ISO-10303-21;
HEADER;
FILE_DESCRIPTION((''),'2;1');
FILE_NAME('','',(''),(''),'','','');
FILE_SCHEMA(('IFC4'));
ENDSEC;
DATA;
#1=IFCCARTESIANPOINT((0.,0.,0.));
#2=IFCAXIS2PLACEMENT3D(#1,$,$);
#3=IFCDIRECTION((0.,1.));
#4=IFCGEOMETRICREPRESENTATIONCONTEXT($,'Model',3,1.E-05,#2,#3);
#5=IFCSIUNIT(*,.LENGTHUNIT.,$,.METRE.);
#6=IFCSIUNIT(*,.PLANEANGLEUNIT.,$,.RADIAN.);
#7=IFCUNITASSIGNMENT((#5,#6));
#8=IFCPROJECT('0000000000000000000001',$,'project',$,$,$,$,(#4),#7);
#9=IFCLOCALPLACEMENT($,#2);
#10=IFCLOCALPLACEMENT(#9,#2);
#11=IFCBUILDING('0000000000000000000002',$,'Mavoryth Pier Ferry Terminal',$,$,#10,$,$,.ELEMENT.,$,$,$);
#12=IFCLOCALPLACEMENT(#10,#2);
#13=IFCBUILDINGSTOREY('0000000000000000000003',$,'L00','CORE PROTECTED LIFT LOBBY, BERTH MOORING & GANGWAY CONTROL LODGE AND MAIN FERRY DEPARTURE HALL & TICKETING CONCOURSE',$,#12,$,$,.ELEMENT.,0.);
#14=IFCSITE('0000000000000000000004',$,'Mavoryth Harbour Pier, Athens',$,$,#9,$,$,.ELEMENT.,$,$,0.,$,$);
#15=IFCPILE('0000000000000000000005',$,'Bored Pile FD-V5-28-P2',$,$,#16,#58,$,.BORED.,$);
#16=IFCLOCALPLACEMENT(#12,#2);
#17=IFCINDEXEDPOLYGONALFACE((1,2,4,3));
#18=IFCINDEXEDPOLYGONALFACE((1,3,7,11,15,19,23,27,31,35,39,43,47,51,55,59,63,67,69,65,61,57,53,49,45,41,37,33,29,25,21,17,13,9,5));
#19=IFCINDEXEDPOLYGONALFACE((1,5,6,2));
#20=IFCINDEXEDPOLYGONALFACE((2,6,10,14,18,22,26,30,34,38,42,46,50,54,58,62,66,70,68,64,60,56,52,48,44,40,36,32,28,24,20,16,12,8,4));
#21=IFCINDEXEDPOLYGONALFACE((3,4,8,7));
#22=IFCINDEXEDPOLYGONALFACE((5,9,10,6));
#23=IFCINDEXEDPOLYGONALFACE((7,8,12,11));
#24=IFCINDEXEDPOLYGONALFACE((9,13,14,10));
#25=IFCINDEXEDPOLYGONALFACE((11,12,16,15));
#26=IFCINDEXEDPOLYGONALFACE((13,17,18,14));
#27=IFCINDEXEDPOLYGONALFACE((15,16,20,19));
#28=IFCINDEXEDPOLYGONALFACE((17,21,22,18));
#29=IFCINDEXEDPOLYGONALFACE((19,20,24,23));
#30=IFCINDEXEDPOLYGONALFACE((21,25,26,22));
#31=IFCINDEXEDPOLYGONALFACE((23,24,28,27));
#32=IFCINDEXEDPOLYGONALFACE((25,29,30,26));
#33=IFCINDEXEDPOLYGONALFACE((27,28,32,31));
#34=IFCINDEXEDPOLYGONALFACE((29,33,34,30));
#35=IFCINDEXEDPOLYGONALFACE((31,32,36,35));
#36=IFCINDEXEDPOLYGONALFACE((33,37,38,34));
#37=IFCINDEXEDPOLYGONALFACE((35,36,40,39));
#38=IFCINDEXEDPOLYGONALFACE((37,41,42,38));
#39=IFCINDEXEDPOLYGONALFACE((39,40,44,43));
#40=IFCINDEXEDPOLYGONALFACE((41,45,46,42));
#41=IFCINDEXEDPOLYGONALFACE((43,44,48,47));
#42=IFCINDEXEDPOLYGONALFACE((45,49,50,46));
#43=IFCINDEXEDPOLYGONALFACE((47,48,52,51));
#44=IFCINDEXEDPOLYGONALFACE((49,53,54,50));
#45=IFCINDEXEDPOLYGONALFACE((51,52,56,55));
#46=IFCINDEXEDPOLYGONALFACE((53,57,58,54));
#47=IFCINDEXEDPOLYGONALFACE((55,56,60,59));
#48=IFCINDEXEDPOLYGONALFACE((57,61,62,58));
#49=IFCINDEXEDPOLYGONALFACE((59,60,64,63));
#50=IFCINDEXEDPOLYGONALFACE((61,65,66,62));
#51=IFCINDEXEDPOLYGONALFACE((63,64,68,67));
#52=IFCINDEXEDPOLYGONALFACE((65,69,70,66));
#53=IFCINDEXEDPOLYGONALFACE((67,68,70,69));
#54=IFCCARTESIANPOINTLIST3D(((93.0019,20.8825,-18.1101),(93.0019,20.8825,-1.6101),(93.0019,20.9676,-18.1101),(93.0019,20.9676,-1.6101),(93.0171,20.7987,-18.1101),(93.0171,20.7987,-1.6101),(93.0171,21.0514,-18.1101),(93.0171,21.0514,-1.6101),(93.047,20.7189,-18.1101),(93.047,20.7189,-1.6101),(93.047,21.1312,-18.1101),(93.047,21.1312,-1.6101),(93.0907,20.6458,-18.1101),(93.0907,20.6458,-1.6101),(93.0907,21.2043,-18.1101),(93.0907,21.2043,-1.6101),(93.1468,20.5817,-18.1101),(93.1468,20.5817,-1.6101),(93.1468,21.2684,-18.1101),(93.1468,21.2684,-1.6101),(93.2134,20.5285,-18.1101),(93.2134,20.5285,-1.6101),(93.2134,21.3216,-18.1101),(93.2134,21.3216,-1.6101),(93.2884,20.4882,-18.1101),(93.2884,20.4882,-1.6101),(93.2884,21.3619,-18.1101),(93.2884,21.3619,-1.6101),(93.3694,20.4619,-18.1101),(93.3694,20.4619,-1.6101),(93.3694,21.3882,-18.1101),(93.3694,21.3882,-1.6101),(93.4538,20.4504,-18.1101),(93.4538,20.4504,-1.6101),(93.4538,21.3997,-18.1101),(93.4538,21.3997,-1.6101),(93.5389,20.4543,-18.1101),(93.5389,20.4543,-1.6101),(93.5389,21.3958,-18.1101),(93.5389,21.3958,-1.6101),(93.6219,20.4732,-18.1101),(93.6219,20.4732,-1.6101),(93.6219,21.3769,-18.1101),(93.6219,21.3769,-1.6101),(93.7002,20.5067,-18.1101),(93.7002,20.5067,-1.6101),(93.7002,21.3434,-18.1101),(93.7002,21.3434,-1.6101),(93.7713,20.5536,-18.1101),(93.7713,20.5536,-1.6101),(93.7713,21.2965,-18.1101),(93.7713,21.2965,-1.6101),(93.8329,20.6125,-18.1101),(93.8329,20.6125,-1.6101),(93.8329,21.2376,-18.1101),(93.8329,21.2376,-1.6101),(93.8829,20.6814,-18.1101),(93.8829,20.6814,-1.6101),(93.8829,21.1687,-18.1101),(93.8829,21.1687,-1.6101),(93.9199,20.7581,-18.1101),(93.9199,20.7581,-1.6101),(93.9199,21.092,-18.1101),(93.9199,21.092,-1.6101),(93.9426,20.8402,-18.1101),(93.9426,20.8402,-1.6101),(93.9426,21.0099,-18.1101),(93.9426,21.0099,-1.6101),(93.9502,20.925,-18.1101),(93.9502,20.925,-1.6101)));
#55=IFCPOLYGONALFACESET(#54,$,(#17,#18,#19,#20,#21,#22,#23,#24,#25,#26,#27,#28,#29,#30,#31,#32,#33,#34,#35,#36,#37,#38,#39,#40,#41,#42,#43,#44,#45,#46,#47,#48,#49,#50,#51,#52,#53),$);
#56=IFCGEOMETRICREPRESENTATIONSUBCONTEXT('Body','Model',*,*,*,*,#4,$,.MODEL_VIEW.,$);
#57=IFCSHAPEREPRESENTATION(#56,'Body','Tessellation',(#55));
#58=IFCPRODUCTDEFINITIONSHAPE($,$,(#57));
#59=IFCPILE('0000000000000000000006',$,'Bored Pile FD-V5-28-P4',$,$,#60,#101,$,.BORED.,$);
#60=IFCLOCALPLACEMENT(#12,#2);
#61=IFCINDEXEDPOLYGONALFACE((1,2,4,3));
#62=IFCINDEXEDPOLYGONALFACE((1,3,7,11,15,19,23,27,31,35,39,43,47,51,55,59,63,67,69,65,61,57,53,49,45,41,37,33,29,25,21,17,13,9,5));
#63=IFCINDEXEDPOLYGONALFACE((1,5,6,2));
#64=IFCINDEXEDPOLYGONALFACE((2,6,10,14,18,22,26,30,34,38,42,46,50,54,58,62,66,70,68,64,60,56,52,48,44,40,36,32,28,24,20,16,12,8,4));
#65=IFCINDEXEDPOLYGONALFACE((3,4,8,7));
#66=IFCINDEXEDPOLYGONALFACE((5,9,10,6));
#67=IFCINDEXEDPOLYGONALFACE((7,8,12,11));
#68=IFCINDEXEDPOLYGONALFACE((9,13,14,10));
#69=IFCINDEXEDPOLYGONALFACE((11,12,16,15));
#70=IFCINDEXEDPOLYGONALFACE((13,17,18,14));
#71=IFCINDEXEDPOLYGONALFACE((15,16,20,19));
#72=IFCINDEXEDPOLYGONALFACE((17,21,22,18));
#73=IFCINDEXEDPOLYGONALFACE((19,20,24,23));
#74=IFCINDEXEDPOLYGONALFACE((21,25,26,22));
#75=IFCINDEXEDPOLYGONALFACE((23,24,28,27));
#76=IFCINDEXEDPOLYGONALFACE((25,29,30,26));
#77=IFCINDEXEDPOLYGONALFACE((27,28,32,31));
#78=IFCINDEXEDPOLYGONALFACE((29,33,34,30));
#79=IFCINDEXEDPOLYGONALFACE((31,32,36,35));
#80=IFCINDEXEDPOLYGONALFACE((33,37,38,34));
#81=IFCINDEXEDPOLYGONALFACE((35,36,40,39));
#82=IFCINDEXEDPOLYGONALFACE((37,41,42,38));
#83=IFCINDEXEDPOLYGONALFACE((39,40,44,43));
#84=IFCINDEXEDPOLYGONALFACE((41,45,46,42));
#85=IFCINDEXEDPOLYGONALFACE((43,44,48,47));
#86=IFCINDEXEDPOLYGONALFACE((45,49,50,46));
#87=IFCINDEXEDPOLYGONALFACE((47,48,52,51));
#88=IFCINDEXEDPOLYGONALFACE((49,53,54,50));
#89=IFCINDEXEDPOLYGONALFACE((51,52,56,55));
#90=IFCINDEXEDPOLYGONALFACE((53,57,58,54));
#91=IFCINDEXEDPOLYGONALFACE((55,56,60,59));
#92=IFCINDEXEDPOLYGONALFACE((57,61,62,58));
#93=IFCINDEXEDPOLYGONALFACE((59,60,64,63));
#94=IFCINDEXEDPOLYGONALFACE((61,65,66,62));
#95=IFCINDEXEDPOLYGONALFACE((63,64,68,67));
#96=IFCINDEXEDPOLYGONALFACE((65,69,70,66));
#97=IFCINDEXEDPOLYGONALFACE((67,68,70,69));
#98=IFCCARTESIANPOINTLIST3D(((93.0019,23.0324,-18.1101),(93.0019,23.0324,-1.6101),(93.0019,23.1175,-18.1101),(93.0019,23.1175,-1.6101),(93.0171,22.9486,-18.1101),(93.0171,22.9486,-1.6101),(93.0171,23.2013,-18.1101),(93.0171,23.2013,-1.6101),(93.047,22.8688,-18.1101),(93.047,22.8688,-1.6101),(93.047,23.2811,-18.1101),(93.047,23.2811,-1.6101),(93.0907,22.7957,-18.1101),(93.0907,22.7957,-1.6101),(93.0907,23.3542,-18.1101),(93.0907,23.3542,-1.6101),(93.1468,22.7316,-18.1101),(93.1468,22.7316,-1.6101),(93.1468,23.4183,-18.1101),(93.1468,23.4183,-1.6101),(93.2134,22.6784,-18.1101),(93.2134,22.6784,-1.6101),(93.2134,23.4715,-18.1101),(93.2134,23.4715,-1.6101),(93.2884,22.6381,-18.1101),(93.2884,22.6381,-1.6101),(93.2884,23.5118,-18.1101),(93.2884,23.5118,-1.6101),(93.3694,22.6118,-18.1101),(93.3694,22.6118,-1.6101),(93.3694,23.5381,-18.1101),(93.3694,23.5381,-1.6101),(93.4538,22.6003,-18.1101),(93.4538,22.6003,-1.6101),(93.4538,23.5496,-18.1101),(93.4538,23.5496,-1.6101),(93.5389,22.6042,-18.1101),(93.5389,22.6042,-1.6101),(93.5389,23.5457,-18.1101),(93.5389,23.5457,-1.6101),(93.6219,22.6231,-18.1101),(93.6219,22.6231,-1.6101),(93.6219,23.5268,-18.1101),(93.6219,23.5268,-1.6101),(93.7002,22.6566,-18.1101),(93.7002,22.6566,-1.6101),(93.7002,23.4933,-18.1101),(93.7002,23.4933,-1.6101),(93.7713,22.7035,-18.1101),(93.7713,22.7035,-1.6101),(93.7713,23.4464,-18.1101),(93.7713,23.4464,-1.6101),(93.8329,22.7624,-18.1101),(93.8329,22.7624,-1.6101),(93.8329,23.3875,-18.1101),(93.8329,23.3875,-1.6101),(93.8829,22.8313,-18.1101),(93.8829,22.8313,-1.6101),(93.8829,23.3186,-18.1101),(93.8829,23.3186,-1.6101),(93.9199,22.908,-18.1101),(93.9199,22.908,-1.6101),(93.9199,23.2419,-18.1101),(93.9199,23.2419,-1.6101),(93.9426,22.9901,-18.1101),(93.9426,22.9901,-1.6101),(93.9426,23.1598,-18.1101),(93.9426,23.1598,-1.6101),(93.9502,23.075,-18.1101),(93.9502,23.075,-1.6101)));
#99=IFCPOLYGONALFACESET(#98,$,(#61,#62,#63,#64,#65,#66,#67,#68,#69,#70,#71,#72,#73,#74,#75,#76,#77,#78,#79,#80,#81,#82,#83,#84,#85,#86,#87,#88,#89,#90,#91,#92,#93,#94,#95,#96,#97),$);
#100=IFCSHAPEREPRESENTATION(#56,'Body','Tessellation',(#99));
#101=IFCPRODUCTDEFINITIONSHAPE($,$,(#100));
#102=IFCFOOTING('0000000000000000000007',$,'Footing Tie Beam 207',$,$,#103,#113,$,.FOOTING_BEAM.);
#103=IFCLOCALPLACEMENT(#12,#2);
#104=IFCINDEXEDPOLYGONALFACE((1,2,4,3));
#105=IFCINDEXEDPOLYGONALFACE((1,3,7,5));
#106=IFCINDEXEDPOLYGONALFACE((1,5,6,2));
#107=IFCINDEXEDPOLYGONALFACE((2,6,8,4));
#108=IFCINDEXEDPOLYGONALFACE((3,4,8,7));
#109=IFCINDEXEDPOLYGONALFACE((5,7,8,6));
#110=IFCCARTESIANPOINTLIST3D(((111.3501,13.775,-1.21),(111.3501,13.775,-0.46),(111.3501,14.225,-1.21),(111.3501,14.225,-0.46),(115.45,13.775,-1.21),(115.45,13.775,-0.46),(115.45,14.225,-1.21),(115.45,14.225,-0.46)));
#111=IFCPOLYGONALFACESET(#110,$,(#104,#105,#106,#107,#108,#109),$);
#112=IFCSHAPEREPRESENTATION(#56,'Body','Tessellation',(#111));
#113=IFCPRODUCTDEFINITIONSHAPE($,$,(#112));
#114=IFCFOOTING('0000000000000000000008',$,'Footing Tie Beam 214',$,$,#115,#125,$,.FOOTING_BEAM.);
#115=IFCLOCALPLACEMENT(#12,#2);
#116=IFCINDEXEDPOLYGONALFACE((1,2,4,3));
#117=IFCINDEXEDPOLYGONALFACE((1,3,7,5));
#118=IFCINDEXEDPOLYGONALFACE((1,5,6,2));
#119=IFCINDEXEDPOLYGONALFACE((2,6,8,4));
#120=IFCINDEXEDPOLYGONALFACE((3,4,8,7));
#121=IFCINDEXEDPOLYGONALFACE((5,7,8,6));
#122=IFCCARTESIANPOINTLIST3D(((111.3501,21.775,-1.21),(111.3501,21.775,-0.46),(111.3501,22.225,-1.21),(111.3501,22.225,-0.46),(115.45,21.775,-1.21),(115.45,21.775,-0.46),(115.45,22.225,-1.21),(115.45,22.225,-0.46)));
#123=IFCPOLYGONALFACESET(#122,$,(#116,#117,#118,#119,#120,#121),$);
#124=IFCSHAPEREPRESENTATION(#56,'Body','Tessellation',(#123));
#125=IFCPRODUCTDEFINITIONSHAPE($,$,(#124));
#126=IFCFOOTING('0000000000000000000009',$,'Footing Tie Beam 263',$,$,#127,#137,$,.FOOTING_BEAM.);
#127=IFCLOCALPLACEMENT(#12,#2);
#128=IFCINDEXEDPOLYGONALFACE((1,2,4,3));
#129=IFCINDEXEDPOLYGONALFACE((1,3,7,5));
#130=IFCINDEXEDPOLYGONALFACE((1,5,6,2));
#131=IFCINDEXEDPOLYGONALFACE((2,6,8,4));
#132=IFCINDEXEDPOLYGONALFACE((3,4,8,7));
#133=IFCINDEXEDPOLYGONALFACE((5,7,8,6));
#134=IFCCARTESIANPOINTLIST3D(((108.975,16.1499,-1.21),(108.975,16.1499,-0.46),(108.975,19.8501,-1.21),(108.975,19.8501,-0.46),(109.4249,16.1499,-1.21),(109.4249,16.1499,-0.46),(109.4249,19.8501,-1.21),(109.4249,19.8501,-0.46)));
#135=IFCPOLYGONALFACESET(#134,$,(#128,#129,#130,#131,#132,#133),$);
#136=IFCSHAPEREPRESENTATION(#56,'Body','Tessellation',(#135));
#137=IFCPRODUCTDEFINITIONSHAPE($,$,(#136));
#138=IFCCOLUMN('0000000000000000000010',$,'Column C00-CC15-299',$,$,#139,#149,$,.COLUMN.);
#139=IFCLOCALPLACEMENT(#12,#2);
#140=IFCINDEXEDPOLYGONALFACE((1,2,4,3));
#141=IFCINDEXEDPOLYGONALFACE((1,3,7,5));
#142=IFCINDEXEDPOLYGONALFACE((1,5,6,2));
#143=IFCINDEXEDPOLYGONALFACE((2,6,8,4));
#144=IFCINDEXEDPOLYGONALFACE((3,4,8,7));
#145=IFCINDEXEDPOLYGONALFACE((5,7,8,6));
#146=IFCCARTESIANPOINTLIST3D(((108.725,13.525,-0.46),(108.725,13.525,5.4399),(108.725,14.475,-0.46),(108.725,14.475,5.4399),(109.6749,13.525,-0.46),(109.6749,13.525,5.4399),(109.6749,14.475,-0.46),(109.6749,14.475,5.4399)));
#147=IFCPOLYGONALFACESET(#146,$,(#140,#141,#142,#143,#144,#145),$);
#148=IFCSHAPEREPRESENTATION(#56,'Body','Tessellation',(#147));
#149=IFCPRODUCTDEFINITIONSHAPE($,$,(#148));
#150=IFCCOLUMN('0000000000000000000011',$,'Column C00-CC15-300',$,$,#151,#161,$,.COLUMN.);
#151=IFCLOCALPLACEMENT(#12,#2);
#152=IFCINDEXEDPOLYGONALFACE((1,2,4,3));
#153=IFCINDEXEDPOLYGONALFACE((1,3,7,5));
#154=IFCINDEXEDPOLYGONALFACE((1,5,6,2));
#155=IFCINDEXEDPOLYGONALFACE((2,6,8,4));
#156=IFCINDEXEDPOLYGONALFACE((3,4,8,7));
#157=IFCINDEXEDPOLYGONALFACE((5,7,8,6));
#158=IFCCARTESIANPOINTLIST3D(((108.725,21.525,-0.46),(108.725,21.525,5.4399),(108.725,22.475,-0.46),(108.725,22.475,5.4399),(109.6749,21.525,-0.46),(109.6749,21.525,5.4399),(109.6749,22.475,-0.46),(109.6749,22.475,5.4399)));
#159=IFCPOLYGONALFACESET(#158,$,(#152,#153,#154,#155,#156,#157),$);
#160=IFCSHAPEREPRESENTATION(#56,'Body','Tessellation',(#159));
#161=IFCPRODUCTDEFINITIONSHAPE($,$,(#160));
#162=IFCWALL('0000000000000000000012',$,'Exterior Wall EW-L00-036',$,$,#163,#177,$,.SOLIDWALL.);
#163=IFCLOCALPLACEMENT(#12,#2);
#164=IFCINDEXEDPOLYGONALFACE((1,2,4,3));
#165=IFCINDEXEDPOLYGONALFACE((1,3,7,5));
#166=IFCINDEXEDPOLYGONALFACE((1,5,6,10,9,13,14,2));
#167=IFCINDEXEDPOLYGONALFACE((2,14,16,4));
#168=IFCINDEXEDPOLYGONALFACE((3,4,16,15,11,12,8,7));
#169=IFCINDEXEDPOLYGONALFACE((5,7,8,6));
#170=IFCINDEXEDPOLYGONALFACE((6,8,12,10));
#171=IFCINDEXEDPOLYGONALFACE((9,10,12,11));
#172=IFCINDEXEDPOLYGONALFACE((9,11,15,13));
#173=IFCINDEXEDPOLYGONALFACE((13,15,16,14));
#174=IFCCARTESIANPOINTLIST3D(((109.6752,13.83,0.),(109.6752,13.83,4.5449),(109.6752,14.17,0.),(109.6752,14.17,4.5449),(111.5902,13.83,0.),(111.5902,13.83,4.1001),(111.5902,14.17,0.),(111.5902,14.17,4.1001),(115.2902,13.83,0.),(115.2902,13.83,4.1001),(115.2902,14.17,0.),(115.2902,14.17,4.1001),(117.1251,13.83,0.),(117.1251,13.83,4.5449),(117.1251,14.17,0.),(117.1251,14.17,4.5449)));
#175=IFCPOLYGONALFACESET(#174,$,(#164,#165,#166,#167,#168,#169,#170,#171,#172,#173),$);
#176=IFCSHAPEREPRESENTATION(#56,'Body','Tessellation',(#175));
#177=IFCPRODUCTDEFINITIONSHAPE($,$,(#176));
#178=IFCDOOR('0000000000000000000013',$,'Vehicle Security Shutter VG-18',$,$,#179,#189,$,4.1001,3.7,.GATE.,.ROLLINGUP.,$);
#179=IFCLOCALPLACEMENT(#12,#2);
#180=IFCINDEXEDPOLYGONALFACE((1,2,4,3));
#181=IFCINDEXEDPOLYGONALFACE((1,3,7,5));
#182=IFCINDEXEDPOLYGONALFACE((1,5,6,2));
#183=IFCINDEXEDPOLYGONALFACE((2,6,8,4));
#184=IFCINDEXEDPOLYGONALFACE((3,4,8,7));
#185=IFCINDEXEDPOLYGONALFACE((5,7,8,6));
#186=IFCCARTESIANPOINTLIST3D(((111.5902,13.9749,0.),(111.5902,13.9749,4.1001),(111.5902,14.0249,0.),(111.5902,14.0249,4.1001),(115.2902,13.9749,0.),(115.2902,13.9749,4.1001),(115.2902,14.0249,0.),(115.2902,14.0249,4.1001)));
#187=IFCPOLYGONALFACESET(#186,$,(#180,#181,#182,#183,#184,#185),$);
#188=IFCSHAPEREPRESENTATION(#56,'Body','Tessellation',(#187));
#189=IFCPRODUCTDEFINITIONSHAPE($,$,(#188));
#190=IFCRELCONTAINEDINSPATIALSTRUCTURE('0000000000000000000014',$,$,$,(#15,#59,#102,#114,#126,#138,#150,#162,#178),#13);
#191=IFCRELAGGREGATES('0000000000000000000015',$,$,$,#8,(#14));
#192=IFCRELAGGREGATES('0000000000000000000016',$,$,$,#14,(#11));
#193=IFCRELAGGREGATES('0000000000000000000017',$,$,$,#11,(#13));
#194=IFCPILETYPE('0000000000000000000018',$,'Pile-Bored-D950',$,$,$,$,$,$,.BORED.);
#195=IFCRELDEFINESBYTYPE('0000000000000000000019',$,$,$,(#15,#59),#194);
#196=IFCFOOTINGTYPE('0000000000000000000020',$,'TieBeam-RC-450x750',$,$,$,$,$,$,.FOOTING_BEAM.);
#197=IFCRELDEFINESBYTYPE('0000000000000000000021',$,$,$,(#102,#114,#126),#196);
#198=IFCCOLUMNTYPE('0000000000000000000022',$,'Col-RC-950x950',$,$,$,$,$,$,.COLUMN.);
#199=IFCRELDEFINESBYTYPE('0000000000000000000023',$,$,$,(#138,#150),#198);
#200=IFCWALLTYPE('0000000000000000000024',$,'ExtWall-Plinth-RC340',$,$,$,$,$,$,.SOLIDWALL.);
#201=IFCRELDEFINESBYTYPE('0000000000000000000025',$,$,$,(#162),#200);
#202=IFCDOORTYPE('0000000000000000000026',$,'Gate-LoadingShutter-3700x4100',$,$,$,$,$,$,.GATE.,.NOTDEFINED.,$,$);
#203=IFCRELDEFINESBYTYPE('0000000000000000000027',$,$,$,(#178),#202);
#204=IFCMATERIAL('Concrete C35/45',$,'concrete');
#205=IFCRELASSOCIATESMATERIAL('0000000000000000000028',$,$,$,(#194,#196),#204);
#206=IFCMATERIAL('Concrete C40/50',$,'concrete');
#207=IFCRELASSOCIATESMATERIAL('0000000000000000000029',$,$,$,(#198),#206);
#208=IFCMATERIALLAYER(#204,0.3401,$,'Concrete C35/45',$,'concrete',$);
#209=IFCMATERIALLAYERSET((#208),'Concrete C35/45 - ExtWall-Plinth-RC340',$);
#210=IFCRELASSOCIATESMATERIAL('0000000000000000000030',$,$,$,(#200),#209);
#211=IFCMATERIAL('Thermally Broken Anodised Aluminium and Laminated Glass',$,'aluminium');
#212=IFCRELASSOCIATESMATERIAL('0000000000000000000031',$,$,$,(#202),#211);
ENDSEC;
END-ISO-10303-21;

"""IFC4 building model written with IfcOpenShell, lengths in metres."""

from ifc_helpers import new_model, si_unit, direction, frame, frame_2d, origin, origin_2d, place, context, subcontext, project, spatial, rectangle, circle, extrude, material, layer, layer_set, material_profile, profile_set, type_object, element, fill, save


model = new_model("IFC4")

# Units and contexts
model_context = context("Model", 3, precision=1e-05, world=origin(), true_north=direction((0.0, 1.0)))
body_context = subcontext(model_context, "Body", "Model", "MODEL_VIEW")
ifc_project = project(units=[si_unit("LENGTHUNIT", "METRE"), si_unit("PLANEANGLEUNIT", "RADIAN")], contexts=[model_context])

# Site, building, storey
site_placement = place(None, origin())
site = spatial("IfcSite", under=ifc_project, at=site_placement, Name="Mavoryth Harbour Pier, Athens", CompositionType="ELEMENT", RefElevation=0.0)
building_placement = place(site_placement, origin())
building = spatial("IfcBuilding", under=site, at=building_placement, Name="Mavoryth Pier Ferry Terminal", CompositionType="ELEMENT")
storey_placement = place(building_placement, origin())
storey = spatial("IfcBuildingStorey", under=building, at=storey_placement, Name="L00", Description="CORE PROTECTED LIFT LOBBY, BERTH MOORING & GANGWAY CONTROL LODGE AND MAIN FERRY DEPARTURE HALL & TICKETING CONCOURSE", CompositionType="ELEMENT", Elevation=0.0)

# Shared definitions
ifc_material_1 = material(Name="Concrete C35/45", Category="concrete")

# Piles
ifc_material_profile_1 = material_profile(ifc_material_1, circle(Radius=0.4751, at=origin_2d()), Name="PILE D950", Category="concrete")
ifc_profile_set_1 = profile_set([ifc_material_profile_1], Name="Concrete C35/45 - PILE D950")
pile_type_1 = type_object("IfcPileType", Name="Pile-Bored-D950", PredefinedType="BORED", material=ifc_profile_set_1)
for number, where, z_axis, x_axis, name in (
    (1, (93.4751, 20.925, -1.6101), (0.0, 0.0, -1.0), (1.0, 0.0, 0.0), "Bored Pile FD-V5-28-P2"),
    (2, (93.4751, 23.075, -1.6101), (0.0, 0.0, -1.0), (1.0, 0.0, 0.0), "Bored Pile FD-V5-28-P4"),
):
    element("IfcPile", number, at=place(storey_placement, frame(where, z_axis=z_axis, x_axis=x_axis)), inside=storey, type_object=pile_type_1, Name=name, PredefinedType="BORED", context=body_context, shape_type="SweptSolid", body=[
        extrude(circle(Radius=0.4751, at=origin_2d()), origin(), (0.0, 0.0, 1.0), 16.5),
    ])

# Footings
ifc_material_profile_2 = material_profile(ifc_material_1, rectangle(XDim=0.45, YDim=0.75, at=origin_2d()), Name="RC 450x750", Category="concrete")
ifc_profile_set_2 = profile_set([ifc_material_profile_2], Name="Concrete C35/45 - RC 450x750")
footing_type_1 = type_object("IfcFootingType", Name="TieBeam-RC-450x750", PredefinedType="FOOTING_BEAM", material=ifc_profile_set_2)
for number, where, z_axis, x_axis, name in (
    (3, (111.3501, 14.0, -0.835), (1.0, 0.0, 0.0), (0.0, 1.0, 0.0), "Footing Tie Beam 207"),
    (4, (111.3501, 22.0, -0.835), (1.0, 0.0, 0.0), (0.0, 1.0, 0.0), "Footing Tie Beam 214"),
):
    element("IfcFooting", number, at=place(storey_placement, frame(where, z_axis=z_axis, x_axis=x_axis)), inside=storey, type_object=footing_type_1, Name=name, PredefinedType="FOOTING_BEAM", context=body_context, shape_type="SweptSolid", body=[
        extrude(rectangle(XDim=0.45, YDim=0.75, at=origin_2d()), origin(), (0.0, 0.0, 1.0), 4.0999),
    ])
footing_placement = place(storey_placement, frame((109.2, 16.1499, -0.835), z_axis=(0.0, 1.0, 0.0), x_axis=(-1.0, 0.0, 0.0)))
element("IfcFooting", 5, at=footing_placement, inside=storey, type_object=footing_type_1, Name="Footing Tie Beam 263", PredefinedType="FOOTING_BEAM", context=body_context, shape_type="SweptSolid", body=[
    extrude(rectangle(XDim=0.45, YDim=0.75, at=origin_2d()), origin(), (0.0, 0.0, 1.0), 3.7002),
])

# Columns
ifc_material_2 = material(Name="Concrete C40/50", Category="concrete")
ifc_material_profile_3 = material_profile(ifc_material_2, rectangle(XDim=0.95, YDim=0.95, at=origin_2d()), Name="RC 950x950", Category="concrete")
ifc_profile_set_3 = profile_set([ifc_material_profile_3], Name="Concrete C40/50 - RC 950x950")
column_type = type_object("IfcColumnType", Name="Col-RC-950x950", PredefinedType="COLUMN", material=ifc_profile_set_3)
for number, where, z_axis, x_axis, name in (
    (6, (109.2, 14.0, -0.46), (0.0, 0.0, 1.0), (1.0, 0.0, 0.0), "Column C00-CC15-299"),
    (7, (109.2, 22.0, -0.46), (0.0, 0.0, 1.0), (1.0, 0.0, 0.0), "Column C00-CC15-300"),
):
    element("IfcColumn", number, at=place(storey_placement, frame(where, z_axis=z_axis, x_axis=x_axis)), inside=storey, type_object=column_type, Name=name, PredefinedType="COLUMN", context=body_context, shape_type="SweptSolid", body=[
        extrude(rectangle(XDim=0.95, YDim=0.95, at=origin_2d()), origin(), (0.0, 0.0, 1.0), 5.8999),
    ])

# Wall, opening, door
ifc_layer = layer(ifc_material_1, 0.3401, Name="Concrete C35/45", Category="concrete")
ifc_layer_set = layer_set([ifc_layer], Name="Concrete C35/45 - ExtWall-Plinth-RC340")
wall_type = type_object("IfcWallType", Name="ExtWall-Plinth-RC340", PredefinedType="SOLIDWALL", material=ifc_layer_set)
wall_1_placement = place(storey_placement, frame((109.675, 14.0, 0.0), z_axis=(0.0, 0.0, 1.0), x_axis=(1.0, 0.0, 0.0)))
wall_1 = element("IfcWall", 8, at=wall_1_placement, inside=storey, type_object=wall_type, Name="Exterior Wall EW-L00-036", PredefinedType="SOLIDWALL", context=body_context, shape_type="SweptSolid", body=[
    extrude(rectangle(XDim=7.45, YDim=0.3401, at=frame_2d((3.7251, 0.0))), origin(), (0.0, 0.0, 1.0), 4.5449),
])
opening_1_placement = place(wall_1_placement, frame((1.915, 0.0, 0.0)))
opening_1 = element("IfcOpeningElement", 9, at=opening_1_placement, cuts=wall_1, PredefinedType="OPENING", context=body_context, shape_type="SweptSolid", body=[
    extrude(rectangle(XDim=3.7, YDim=4.1001, at=frame_2d((1.8501, 2.05))), frame((0.0, 0.1799, 0.0), z_axis=(0.0, -1.0, 0.0), x_axis=(1.0, 0.0, 0.0)), (0.0, 0.0, 1.0), 0.3601),
])
ifc_material_3 = material(Name="Thermally Broken Anodised Aluminium and Laminated Glass", Category="aluminium")
door_type = type_object("IfcDoorType", Name="Gate-LoadingShutter-3700x4100", OperationType="NOTDEFINED", PredefinedType="GATE", material=ifc_material_3)
door_placement = place(opening_1_placement, origin())
door = element("IfcDoor", 10, at=door_placement, inside=storey, type_object=door_type, Name="Vehicle Security Shutter VG-18", OperationType="ROLLINGUP", OverallHeight=4.1001, OverallWidth=3.7, PredefinedType="GATE", context=body_context, shape_type="SweptSolid", body=[
    extrude(rectangle(XDim=3.7, YDim=4.1001, at=frame_2d((1.8501, 2.05))), frame((0.0, 0.0249, 0.0), z_axis=(0.0, -1.0, 0.0), x_axis=(1.0, 0.0, 0.0)), (0.0, 0.0, 1.0), 0.05),
])
fill(opening_1, door)

save(model, "model.ifc")
